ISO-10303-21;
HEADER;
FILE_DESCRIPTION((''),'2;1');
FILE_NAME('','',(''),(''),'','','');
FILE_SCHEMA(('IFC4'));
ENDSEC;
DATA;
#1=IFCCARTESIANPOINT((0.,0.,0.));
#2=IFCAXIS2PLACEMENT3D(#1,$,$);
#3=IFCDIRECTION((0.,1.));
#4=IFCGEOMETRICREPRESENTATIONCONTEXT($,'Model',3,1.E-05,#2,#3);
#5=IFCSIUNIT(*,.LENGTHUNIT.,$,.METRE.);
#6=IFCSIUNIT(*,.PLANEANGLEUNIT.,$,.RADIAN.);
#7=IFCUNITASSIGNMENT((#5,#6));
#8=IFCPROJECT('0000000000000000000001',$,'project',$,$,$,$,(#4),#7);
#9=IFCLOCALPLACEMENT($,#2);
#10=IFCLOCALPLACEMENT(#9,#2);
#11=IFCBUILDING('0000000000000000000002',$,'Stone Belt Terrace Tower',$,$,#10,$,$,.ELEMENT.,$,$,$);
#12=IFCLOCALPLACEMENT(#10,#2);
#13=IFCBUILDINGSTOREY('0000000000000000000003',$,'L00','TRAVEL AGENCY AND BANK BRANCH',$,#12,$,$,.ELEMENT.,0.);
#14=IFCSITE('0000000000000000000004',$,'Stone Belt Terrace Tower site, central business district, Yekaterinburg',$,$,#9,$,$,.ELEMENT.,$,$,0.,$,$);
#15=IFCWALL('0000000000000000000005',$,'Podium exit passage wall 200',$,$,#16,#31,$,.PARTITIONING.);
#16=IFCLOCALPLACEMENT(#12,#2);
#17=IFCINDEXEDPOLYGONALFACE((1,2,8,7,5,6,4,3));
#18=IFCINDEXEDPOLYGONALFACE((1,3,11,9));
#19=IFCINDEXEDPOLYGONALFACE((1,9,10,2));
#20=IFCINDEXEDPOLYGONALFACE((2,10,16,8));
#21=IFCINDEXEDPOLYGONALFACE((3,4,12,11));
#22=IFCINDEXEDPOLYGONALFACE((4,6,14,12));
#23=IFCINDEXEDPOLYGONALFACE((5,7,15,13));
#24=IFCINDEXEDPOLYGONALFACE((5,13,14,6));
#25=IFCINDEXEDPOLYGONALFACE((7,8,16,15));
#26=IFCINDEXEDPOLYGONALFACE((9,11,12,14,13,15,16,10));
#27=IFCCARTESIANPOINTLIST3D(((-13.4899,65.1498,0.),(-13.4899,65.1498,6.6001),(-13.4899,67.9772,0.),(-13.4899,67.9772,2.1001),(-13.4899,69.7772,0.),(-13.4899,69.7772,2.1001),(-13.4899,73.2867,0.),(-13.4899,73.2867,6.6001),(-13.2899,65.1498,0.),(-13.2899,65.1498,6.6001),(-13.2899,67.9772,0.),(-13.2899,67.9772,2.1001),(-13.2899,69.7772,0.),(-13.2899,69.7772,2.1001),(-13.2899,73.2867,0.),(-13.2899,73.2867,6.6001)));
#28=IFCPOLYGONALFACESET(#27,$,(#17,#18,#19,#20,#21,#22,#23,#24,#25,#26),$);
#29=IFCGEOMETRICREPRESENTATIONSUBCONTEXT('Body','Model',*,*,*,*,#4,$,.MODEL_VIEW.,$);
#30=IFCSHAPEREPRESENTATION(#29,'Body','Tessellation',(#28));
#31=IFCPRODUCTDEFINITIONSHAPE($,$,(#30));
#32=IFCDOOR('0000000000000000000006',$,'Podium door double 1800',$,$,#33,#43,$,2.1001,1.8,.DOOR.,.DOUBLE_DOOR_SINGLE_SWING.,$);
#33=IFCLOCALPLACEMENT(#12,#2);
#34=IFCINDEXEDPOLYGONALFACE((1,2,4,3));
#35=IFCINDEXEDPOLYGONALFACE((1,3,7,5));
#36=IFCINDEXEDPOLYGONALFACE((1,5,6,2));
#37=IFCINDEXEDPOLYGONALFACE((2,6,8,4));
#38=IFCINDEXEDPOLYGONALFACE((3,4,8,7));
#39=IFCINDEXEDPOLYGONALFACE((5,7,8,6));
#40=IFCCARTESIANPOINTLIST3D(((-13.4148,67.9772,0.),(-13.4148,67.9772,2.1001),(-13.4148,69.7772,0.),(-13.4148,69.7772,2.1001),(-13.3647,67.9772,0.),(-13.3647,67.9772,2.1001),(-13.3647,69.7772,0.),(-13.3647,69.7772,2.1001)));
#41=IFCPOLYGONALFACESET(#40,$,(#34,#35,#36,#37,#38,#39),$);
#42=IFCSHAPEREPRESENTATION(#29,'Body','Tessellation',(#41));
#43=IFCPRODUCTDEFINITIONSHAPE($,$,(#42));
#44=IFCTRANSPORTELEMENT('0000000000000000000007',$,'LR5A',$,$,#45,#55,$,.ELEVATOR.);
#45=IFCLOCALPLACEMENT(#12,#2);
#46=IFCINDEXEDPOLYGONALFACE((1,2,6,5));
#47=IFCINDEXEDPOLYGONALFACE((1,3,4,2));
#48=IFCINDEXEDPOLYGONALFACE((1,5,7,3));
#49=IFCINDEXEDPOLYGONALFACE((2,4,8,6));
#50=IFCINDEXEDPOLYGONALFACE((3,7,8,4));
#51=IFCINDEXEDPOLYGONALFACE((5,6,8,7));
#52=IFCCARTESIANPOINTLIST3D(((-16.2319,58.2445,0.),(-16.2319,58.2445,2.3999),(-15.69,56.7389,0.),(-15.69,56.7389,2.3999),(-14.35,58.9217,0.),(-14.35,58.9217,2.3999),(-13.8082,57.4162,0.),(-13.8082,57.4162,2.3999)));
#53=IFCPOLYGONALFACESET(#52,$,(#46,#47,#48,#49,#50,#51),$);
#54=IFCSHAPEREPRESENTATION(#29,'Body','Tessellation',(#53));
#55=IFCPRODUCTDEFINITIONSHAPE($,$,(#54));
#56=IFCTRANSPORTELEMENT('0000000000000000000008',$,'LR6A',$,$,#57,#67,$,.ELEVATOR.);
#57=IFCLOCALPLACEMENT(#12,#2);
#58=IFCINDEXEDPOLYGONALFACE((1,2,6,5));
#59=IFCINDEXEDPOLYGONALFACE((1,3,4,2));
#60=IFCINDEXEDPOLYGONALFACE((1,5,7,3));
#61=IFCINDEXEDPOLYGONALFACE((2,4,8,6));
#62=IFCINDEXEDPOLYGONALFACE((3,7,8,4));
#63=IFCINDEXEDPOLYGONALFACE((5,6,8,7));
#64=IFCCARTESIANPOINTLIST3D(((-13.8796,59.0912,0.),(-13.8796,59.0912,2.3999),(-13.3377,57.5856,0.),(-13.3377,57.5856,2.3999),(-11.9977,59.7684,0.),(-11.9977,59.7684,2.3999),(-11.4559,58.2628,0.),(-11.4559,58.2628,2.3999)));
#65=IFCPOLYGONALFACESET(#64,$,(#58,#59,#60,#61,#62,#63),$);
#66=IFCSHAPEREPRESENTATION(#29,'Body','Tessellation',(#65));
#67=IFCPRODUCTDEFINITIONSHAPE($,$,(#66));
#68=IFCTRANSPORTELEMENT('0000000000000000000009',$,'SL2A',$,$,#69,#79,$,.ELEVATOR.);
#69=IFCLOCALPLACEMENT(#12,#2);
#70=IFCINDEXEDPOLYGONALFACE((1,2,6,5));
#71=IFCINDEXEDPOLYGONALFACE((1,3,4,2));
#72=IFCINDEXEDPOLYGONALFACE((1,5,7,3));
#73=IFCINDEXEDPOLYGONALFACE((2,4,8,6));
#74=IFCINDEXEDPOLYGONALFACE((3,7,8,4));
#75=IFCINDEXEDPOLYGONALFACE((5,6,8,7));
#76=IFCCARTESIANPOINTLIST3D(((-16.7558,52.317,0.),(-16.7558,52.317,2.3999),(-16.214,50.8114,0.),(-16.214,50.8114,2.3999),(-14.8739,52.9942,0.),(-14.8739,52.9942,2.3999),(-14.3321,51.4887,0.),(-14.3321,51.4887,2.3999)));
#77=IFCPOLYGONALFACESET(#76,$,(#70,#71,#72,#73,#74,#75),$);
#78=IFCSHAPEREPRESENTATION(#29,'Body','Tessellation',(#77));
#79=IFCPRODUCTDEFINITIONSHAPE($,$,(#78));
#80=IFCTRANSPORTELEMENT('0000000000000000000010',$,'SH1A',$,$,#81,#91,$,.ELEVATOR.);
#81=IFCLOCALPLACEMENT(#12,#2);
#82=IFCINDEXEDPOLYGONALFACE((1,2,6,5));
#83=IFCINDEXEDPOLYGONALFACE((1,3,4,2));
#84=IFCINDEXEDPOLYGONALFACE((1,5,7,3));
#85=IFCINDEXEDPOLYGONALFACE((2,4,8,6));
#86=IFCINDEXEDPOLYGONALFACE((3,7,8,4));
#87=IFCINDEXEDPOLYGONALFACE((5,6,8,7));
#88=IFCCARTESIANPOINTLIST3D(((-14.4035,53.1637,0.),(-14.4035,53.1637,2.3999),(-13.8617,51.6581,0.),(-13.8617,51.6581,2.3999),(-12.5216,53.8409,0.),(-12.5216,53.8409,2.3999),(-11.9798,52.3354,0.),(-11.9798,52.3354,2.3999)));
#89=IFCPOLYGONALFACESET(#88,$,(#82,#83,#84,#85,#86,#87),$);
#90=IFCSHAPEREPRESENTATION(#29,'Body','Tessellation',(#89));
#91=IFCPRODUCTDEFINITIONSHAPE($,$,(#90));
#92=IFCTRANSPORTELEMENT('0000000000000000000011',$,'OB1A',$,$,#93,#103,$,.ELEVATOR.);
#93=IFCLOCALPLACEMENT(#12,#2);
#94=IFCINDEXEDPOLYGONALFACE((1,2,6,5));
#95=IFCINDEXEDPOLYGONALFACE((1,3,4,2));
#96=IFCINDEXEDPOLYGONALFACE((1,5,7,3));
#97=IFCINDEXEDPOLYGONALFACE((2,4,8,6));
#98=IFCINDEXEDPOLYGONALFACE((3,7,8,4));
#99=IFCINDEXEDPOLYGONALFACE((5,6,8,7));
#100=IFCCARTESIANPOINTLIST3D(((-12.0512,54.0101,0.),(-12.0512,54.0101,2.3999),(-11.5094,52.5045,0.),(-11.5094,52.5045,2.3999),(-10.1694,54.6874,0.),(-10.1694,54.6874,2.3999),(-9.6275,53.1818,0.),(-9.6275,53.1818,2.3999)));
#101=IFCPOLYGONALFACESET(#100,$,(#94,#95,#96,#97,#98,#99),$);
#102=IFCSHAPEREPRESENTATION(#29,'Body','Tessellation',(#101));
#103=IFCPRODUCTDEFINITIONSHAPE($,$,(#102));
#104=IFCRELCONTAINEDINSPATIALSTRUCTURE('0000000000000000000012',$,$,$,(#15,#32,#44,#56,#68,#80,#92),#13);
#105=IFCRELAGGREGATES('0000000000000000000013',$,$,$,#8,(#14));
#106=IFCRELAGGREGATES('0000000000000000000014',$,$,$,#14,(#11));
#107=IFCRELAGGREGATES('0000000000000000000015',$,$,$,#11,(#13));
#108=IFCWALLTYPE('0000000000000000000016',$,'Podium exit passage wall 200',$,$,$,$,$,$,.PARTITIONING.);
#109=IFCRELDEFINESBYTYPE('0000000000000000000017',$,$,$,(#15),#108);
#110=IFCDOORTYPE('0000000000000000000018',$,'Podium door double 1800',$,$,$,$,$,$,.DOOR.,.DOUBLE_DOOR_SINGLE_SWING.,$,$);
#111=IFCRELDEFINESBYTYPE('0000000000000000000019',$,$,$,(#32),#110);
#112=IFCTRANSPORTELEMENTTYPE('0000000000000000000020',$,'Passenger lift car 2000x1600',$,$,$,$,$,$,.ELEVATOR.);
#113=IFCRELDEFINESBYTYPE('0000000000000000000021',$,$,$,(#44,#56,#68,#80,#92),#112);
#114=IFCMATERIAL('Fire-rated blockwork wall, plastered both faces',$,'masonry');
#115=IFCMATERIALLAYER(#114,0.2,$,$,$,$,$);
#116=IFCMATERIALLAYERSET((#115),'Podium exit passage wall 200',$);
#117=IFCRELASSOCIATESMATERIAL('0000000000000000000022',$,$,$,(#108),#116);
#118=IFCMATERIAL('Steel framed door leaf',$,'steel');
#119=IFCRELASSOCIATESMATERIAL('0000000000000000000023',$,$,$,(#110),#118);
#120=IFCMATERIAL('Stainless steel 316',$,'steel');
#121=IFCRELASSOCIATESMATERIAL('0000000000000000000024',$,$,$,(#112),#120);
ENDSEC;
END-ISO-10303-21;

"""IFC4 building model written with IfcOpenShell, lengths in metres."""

from ifc_helpers import new_model, si_unit, direction, frame, frame_2d, origin, origin_2d, place, context, subcontext, project, spatial, rectangle, extrude, material, layer, layer_set, type_object, element, fill, save


model = new_model("IFC4")

# Units and contexts
model_context = context("Model", 3, precision=1e-05, world=origin(), true_north=direction((0.0, 1.0)))
body_context = subcontext(model_context, "Body", "Model", "MODEL_VIEW")
ifc_project = project(units=[si_unit("LENGTHUNIT", "METRE"), si_unit("PLANEANGLEUNIT", "RADIAN")], contexts=[model_context])

# Site, building, storey
site_placement = place(None, origin())
site = spatial("IfcSite", under=ifc_project, at=site_placement, Name="Stone Belt Terrace Tower site, central business district, Yekaterinburg", CompositionType="ELEMENT", RefElevation=0.0)
building_placement = place(site_placement, origin())
building = spatial("IfcBuilding", under=site, at=building_placement, Name="Stone Belt Terrace Tower", CompositionType="ELEMENT")
storey_placement = place(building_placement, origin())
storey = spatial("IfcBuildingStorey", under=building, at=storey_placement, Name="L00", Description="TRAVEL AGENCY AND BANK BRANCH", CompositionType="ELEMENT", Elevation=0.0)

# Wall, opening, door
ifc_material_1 = material(Name="Fire-rated blockwork wall, plastered both faces", Category="masonry")
ifc_layer_1 = layer(ifc_material_1, 0.2)
ifc_layer_set_1 = layer_set([ifc_layer_1], Name="Podium exit passage wall 200")
wall_type_1 = type_object("IfcWallType", Name="Podium exit passage wall 200", PredefinedType="PARTITIONING", material=ifc_layer_set_1)
wall_1_placement = place(storey_placement, frame((-13.3899, 65.1499, 0.0), z_axis=(0.0, 0.0, 1.0), x_axis=(0.0, 1.0, 0.0)))
wall_1 = element("IfcWall", 1, at=wall_1_placement, inside=storey, type_object=wall_type_1, Name="Podium exit passage wall 200", PredefinedType="PARTITIONING", context=body_context, shape_type="SweptSolid", body=[
    extrude(rectangle(XDim=8.137, YDim=0.2, at=frame_2d((4.0684, 0.0))), origin(), (0.0, 0.0, 1.0), 6.6001),
])
opening_1_placement = place(wall_1_placement, frame((2.8274, 0.0, 0.0)))
opening_1 = element("IfcOpeningElement", 2, at=opening_1_placement, cuts=wall_1, PredefinedType="OPENING", context=body_context, shape_type="SweptSolid", body=[
    extrude(rectangle(XDim=1.8, YDim=2.1001, at=frame_2d((0.8999, 1.05))), frame((0.0, 0.1099, 0.0), z_axis=(0.0, -1.0, 0.0), x_axis=(1.0, 0.0, 0.0)), (0.0, 0.0, 1.0), 0.22),
])
ifc_material_2 = material(Name="Steel framed door leaf", Category="steel")
door_type_1 = type_object("IfcDoorType", Name="Podium door double 1800", OperationType="DOUBLE_DOOR_SINGLE_SWING", PredefinedType="DOOR", material=ifc_material_2)
door_1_placement = place(opening_1_placement, origin())
door_1 = element("IfcDoor", 3, at=door_1_placement, inside=storey, type_object=door_type_1, Name="Podium door double 1800", OperationType="DOUBLE_DOOR_SINGLE_SWING", OverallHeight=2.1001, OverallWidth=1.8, PredefinedType="DOOR", context=body_context, shape_type="SweptSolid", body=[
    extrude(rectangle(XDim=1.8, YDim=2.1001, at=frame_2d((0.8999, 1.05))), frame((0.0, 0.0249, 0.0), z_axis=(0.0, -1.0, 0.0), x_axis=(1.0, 0.0, 0.0)), (0.0, 0.0, 1.0), 0.05),
])
fill(opening_1, door_1)

# Transport elements
ifc_material_3 = material(Name="Stainless steel 316", Category="steel")
transport_element_type = type_object("IfcTransportElementType", Name="Passenger lift car 2000x1600", PredefinedType="ELEVATOR", material=ifc_material_3)
for number, where, z_axis, x_axis, name in (
    (4, (-15.02, 57.8303, 0.0), (0.0, 0.0, 1.0), (0.940922, 0.338625, 0.0), "LR5A"),
    (5, (-12.6677, 58.677, 0.0), (0.0, 0.0, 1.0), (0.940922, 0.338625, 0.0), "LR6A"),
    (6, (-15.5439, 51.9028, 0.0), (0.0, 0.0, 1.0), (0.940922, 0.338625, 0.0), "SL2A"),
    (7, (-13.1917, 52.7495, 0.0), (0.0, 0.0, 1.0), (0.940922, 0.338625, 0.0), "SH1A"),
    (8, (-10.8394, 53.5959, 0.0), (0.0, 0.0, 1.0), (0.940922, 0.338625, 0.0), "OB1A"),
):
    element("IfcTransportElement", number, at=place(storey_placement, frame(where, z_axis=z_axis, x_axis=x_axis)), inside=storey, type_object=transport_element_type, Name=name, PredefinedType="ELEVATOR", context=body_context, shape_type="SweptSolid", body=[
        extrude(rectangle(XDim=2.0, YDim=1.6001, at=origin_2d()), origin(), (0.0, 0.0, 1.0), 2.3999),
    ])

save(model, "model.ifc")
